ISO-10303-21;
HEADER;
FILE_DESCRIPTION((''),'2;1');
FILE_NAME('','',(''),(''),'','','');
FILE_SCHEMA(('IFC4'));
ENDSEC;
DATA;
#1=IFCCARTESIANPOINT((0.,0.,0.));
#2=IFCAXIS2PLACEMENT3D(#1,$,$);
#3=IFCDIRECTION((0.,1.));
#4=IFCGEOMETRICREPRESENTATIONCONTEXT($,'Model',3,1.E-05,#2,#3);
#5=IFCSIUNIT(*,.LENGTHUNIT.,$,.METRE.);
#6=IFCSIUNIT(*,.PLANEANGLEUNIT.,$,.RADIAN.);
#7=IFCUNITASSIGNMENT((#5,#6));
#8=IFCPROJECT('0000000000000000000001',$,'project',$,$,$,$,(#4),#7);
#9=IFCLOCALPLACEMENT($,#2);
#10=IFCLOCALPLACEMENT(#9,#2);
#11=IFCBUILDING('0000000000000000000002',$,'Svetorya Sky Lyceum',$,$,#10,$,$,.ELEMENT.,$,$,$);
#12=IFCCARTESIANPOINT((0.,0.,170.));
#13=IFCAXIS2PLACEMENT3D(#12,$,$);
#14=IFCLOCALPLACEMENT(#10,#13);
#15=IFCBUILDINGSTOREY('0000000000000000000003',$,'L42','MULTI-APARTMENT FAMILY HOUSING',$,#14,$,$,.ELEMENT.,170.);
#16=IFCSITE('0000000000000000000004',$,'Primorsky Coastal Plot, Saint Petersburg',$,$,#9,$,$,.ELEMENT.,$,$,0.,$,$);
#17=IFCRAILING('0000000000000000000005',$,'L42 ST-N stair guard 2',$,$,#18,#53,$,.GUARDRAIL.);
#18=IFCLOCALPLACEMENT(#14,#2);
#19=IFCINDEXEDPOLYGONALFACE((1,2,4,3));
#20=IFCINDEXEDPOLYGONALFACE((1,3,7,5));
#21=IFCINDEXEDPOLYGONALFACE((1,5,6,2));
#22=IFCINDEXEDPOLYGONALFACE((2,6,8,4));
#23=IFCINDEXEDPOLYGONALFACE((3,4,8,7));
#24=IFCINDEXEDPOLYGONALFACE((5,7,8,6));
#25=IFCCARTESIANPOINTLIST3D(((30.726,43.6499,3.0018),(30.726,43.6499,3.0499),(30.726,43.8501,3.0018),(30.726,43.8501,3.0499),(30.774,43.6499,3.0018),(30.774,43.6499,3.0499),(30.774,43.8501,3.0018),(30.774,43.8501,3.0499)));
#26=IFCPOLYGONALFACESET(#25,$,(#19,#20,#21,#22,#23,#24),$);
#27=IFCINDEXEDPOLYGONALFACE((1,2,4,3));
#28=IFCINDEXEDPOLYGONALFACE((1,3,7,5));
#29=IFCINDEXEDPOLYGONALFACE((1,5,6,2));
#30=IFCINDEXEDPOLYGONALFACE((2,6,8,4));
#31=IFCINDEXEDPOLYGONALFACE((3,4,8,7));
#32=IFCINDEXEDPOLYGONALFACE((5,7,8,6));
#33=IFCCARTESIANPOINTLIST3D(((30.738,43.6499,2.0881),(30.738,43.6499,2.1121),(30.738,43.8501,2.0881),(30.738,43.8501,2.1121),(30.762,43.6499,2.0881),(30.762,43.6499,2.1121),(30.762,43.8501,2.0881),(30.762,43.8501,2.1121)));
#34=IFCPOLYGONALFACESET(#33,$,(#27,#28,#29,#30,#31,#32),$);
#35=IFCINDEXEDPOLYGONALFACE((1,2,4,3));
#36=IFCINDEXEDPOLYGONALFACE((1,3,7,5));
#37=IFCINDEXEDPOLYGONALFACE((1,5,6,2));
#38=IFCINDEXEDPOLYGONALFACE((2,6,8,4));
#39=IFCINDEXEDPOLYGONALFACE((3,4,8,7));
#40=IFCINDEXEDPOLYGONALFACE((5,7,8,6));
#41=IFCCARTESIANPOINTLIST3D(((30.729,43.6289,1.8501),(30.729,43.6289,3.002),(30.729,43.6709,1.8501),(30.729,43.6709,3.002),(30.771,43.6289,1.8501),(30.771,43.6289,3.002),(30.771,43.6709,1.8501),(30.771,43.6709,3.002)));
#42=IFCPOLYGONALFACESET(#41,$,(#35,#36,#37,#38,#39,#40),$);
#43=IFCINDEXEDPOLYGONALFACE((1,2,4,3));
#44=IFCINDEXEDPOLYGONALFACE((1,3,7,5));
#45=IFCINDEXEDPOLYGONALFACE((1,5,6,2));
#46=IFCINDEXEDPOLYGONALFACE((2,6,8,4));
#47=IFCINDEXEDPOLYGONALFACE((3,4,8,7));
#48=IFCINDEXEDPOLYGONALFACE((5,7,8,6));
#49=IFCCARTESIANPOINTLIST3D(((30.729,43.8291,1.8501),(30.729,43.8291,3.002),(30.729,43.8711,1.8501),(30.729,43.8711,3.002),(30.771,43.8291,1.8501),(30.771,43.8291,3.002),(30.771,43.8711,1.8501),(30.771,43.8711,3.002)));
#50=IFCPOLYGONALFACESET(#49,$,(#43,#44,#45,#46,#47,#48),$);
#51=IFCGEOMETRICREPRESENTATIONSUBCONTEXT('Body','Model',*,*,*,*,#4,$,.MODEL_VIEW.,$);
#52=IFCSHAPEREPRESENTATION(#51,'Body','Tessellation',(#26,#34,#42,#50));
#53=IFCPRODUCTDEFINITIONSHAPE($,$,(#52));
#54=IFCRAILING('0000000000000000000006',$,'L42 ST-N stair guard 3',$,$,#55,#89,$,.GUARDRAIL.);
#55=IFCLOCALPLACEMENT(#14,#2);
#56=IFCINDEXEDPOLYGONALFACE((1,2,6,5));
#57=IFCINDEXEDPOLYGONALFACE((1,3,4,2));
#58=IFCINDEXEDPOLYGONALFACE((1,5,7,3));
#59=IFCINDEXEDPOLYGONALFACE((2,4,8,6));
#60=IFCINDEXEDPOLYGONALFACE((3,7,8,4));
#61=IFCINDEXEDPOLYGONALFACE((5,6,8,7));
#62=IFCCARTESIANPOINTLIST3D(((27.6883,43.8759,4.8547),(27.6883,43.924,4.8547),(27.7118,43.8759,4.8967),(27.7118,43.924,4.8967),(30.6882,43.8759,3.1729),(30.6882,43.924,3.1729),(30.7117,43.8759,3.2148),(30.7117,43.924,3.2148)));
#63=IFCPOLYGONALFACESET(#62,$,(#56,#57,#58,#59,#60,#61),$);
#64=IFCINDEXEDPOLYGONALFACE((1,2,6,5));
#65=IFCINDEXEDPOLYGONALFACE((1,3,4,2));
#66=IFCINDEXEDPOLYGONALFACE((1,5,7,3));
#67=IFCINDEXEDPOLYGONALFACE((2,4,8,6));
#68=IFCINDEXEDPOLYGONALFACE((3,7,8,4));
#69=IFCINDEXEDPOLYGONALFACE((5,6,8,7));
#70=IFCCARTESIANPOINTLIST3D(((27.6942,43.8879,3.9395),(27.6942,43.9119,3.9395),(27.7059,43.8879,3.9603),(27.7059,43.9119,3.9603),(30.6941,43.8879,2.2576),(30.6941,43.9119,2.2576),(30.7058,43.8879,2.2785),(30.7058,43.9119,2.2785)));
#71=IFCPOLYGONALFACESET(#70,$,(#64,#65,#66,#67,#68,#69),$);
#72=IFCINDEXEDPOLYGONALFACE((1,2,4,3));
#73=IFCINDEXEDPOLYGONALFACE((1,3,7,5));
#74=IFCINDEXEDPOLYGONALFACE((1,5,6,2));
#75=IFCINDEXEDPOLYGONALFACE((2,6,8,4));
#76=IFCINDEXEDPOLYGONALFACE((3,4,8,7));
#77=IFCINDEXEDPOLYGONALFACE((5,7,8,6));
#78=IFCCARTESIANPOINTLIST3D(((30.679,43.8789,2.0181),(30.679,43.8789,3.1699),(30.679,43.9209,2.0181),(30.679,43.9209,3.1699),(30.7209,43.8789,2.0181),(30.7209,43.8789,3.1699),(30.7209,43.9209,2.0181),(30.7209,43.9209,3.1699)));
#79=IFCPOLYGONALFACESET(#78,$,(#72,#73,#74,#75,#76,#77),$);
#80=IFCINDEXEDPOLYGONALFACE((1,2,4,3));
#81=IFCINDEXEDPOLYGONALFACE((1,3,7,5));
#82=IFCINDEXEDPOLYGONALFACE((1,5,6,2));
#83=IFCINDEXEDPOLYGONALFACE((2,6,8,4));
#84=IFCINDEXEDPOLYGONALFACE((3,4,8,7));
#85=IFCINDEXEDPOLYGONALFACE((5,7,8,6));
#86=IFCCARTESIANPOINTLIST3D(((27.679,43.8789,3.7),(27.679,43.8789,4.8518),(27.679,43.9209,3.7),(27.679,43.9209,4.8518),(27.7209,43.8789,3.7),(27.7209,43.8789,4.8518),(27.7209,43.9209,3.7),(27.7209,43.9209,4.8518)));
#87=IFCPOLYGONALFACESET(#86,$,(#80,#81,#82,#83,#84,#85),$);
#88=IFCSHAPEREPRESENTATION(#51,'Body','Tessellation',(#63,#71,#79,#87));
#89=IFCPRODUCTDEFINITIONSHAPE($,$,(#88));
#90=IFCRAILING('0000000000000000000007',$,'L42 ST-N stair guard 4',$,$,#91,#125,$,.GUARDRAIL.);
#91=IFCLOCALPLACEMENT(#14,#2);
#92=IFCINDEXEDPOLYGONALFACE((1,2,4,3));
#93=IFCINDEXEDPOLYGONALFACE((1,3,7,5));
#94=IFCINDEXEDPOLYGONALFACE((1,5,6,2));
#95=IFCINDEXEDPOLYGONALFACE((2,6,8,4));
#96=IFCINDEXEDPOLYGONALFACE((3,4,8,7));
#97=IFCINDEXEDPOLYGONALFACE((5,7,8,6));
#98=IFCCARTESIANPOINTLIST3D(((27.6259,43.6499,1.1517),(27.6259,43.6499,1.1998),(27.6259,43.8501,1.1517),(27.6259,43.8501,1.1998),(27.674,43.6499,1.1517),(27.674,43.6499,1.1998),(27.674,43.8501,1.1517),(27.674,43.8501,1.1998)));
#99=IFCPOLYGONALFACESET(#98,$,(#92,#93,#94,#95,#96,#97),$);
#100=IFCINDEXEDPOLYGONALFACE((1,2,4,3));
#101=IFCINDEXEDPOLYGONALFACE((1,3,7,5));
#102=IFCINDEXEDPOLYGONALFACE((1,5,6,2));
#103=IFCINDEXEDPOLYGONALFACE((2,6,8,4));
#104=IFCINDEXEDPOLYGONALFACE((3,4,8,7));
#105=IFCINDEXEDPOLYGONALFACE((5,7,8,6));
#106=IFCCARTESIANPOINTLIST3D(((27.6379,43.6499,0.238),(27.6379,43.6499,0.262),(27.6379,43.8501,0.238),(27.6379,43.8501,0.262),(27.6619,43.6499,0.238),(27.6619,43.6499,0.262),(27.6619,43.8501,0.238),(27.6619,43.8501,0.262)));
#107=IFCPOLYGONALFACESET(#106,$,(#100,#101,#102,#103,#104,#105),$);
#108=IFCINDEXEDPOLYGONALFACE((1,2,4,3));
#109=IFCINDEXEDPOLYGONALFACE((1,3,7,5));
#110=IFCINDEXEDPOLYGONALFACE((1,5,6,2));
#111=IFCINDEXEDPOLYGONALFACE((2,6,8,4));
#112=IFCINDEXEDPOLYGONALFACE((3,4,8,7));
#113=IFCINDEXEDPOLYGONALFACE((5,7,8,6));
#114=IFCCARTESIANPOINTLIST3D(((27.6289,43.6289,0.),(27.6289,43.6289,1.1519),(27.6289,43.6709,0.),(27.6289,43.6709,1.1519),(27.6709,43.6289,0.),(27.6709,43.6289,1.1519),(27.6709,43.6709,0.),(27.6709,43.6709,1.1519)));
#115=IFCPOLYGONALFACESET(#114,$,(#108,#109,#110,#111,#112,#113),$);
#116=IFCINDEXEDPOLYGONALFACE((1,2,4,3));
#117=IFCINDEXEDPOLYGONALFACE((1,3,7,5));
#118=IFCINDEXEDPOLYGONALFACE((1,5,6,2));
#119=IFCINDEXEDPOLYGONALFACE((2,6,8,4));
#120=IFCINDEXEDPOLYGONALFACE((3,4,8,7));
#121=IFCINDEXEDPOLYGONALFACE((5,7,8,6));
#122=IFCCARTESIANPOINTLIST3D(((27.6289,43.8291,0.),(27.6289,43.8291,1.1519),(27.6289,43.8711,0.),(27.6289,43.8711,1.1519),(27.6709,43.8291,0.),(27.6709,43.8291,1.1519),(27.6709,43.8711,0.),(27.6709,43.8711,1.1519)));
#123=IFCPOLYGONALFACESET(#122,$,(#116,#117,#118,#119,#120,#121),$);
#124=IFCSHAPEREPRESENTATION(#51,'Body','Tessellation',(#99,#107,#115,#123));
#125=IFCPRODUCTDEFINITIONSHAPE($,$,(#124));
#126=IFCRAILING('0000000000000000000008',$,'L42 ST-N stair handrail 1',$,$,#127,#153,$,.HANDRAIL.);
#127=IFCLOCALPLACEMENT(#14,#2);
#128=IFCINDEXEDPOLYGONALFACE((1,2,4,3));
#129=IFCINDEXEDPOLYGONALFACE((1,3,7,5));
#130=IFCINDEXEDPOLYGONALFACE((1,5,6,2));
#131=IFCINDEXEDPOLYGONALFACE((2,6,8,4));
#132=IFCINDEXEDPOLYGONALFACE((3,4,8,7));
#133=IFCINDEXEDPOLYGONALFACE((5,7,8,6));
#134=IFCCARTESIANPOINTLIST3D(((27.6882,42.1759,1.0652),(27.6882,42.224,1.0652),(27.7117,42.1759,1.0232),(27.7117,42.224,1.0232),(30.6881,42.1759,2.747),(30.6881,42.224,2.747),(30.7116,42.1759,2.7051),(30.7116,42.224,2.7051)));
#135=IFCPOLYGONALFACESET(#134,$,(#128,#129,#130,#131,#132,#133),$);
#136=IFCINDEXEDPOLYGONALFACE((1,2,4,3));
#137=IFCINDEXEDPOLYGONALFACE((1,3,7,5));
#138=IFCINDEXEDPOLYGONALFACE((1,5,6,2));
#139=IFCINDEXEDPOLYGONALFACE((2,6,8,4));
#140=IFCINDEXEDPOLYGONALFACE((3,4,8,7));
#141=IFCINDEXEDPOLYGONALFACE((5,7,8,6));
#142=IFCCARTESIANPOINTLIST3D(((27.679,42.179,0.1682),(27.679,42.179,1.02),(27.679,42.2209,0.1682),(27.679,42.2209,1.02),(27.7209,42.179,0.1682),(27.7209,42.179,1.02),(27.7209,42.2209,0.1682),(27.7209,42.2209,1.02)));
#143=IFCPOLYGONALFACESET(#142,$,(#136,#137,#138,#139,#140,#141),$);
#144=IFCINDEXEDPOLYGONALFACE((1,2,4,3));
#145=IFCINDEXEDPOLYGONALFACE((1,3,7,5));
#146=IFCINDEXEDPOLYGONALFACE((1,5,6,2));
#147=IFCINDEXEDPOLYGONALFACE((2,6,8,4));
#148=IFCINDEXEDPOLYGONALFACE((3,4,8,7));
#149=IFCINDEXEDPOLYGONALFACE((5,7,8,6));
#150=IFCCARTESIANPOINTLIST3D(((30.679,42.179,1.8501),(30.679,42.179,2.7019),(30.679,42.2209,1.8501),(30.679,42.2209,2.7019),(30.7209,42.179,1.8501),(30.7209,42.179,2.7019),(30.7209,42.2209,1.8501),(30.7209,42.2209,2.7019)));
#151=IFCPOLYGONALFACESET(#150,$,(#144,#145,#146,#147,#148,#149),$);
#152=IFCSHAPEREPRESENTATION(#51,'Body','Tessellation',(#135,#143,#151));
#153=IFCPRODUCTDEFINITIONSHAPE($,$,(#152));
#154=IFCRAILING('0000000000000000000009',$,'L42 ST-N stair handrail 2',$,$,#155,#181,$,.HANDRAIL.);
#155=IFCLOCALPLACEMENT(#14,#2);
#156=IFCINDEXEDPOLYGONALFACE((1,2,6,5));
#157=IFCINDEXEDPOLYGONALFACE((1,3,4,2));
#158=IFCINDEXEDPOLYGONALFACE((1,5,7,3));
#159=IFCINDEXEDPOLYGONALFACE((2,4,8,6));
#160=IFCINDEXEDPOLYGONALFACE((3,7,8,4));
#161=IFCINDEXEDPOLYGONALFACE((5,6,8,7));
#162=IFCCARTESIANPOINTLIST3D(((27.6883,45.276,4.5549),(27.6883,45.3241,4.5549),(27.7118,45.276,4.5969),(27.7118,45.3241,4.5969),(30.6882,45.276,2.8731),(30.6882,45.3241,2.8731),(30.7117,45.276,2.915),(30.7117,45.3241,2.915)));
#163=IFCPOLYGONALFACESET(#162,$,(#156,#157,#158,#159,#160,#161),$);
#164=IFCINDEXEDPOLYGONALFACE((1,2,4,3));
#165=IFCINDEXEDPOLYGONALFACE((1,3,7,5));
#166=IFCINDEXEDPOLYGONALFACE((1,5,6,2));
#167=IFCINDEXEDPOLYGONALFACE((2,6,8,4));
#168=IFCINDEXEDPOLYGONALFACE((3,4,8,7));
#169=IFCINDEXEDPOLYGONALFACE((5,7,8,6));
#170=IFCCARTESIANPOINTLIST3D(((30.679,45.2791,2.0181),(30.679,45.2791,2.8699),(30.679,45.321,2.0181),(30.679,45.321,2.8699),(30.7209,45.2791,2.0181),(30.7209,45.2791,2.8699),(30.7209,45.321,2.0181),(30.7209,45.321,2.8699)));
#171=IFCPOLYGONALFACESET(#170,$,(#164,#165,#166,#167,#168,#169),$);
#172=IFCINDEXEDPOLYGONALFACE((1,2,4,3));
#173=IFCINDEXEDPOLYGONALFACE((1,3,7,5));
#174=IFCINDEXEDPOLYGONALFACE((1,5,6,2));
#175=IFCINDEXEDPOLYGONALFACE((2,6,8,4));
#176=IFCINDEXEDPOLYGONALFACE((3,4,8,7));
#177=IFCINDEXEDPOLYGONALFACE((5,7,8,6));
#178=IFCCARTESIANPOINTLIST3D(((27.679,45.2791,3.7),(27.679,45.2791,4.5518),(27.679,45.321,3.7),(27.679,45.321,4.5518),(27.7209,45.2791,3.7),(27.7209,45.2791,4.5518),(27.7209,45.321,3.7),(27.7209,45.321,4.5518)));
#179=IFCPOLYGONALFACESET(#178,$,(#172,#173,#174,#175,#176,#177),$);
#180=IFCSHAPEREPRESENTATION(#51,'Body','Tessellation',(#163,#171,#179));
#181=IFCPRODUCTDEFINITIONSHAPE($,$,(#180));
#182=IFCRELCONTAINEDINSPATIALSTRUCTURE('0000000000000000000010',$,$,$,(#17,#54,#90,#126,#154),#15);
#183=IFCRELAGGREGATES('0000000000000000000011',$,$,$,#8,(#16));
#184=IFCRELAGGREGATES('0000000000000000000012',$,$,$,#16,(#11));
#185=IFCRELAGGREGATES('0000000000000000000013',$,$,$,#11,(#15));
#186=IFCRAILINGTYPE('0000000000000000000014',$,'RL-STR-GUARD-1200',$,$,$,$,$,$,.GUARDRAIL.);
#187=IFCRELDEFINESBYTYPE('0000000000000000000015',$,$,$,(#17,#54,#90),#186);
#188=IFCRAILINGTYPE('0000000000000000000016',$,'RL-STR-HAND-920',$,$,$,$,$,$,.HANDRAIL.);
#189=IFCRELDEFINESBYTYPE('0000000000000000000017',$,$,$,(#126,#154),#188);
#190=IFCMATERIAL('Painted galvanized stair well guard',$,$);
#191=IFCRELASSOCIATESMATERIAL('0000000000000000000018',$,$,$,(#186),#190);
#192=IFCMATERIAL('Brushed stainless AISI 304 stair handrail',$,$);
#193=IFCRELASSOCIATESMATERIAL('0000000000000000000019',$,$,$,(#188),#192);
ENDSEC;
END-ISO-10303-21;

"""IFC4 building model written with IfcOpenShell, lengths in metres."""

from ifc_helpers import new_model, si_unit, direction, frame, origin, origin_2d, place, context, subcontext, project, spatial, rectangle, extrude, material, type_object, element, save


model = new_model("IFC4")

# Units and contexts
model_context = context("Model", 3, precision=1e-05, world=origin(), true_north=direction((0.0, 1.0)))
body_context = subcontext(model_context, "Body", "Model", "MODEL_VIEW")
ifc_project = project(units=[si_unit("LENGTHUNIT", "METRE"), si_unit("PLANEANGLEUNIT", "RADIAN")], contexts=[model_context])

# Site, building, storey
site_placement = place(None, origin())
site = spatial("IfcSite", under=ifc_project, at=site_placement, Name="Primorsky Coastal Plot, Saint Petersburg", CompositionType="ELEMENT", RefElevation=0.0)
building_placement = place(site_placement, origin())
building = spatial("IfcBuilding", under=site, at=building_placement, Name="Svetorya Sky Lyceum", CompositionType="ELEMENT")
storey_placement = place(building_placement, frame((0.0, 0.0, 170.0)))
storey = spatial("IfcBuildingStorey", under=building, at=storey_placement, Name="L42", Description="MULTI-APARTMENT FAMILY HOUSING", CompositionType="ELEMENT", Elevation=170.0)

# Railings
ifc_material_1 = material(Name="Painted galvanized stair well guard")
railing_type_1 = type_object("IfcRailingType", Name="RL-STR-GUARD-1200", PredefinedType="GUARDRAIL", material=ifc_material_1)
railing_1_placement = place(storey_placement, frame((30.75, 43.6499, 1.8501)))
element("IfcRailing", 1, at=railing_1_placement, inside=storey, type_object=railing_type_1, Name="L42 ST-N stair guard 2", PredefinedType="GUARDRAIL", context=body_context, shape_type="SweptSolid", body=[
    extrude(rectangle(XDim=0.0481, YDim=0.0481, at=origin_2d()), frame((0.0, 0.0, 1.1758), z_axis=(0.0, 1.0, 0.0), x_axis=(-1.0, 0.0, 0.0)), (0.0, 0.0, 1.0), 0.2002),
    extrude(rectangle(XDim=0.0239, YDim=0.0239, at=origin_2d()), frame((0.0, 0.0, 0.25), z_axis=(0.0, 1.0, 0.0), x_axis=(-1.0, 0.0, 0.0)), (0.0, 0.0, 1.0), 0.2002),
    extrude(rectangle(XDim=0.042, YDim=0.042, at=origin_2d()), origin(), (0.0, 0.0, 1.0), 1.1519),
    extrude(rectangle(XDim=0.042, YDim=0.042, at=origin_2d()), frame((0.0, 0.2002, 0.0)), (0.0, 0.0, 1.0), 1.1519),
])
railing_2_placement = place(storey_placement, frame((30.7, 43.8999, 2.0181)))
element("IfcRailing", 2, at=railing_2_placement, inside=storey, type_object=railing_type_1, Name="L42 ST-N stair guard 3", PredefinedType="GUARDRAIL", context=body_context, shape_type="SweptSolid", body=[
    extrude(rectangle(XDim=0.0481, YDim=0.0481, at=origin_2d()), frame((0.0, 0.0, 1.1758), z_axis=(-0.872272, 0.0, 0.48902), x_axis=(0.0, -1.0, 0.0)), (0.0, 0.0, 1.0), 3.4392),
    extrude(rectangle(XDim=0.0239, YDim=0.0239, at=origin_2d()), frame((0.0, 0.0, 0.25), z_axis=(-0.872272, 0.0, 0.48902), x_axis=(0.0, -1.0, 0.0)), (0.0, 0.0, 1.0), 3.4392),
    extrude(rectangle(XDim=0.042, YDim=0.042, at=origin_2d()), origin(), (0.0, 0.0, 1.0), 1.1519),
    extrude(rectangle(XDim=0.042, YDim=0.042, at=origin_2d()), frame((-3.0, 0.0, 1.6819)), (0.0, 0.0, 1.0), 1.1519),
])
railing_3_placement = place(storey_placement, frame((27.6499, 43.6499, 0.0)))
element("IfcRailing", 3, at=railing_3_placement, inside=storey, type_object=railing_type_1, Name="L42 ST-N stair guard 4", PredefinedType="GUARDRAIL", context=body_context, shape_type="SweptSolid", body=[
    extrude(rectangle(XDim=0.0481, YDim=0.0481, at=origin_2d()), frame((0.0, 0.0, 1.1758), z_axis=(0.0, 1.0, 0.0), x_axis=(-1.0, 0.0, 0.0)), (0.0, 0.0, 1.0), 0.2002),
    extrude(rectangle(XDim=0.0239, YDim=0.0239, at=origin_2d()), frame((0.0, 0.0, 0.25), z_axis=(0.0, 1.0, 0.0), x_axis=(-1.0, 0.0, 0.0)), (0.0, 0.0, 1.0), 0.2002),
    extrude(rectangle(XDim=0.042, YDim=0.042, at=origin_2d()), origin(), (0.0, 0.0, 1.0), 1.1519),
    extrude(rectangle(XDim=0.042, YDim=0.042, at=origin_2d()), frame((0.0, 0.2002, 0.0)), (0.0, 0.0, 1.0), 1.1519),
])
ifc_material_2 = material(Name="Brushed stainless AISI 304 stair handrail")
railing_type_2 = type_object("IfcRailingType", Name="RL-STR-HAND-920", PredefinedType="HANDRAIL", material=ifc_material_2)
railing_4_placement = place(storey_placement, frame((27.7, 42.2, 0.1682)))
element("IfcRailing", 4, at=railing_4_placement, inside=storey, type_object=railing_type_2, Name="L42 ST-N stair handrail 1", PredefinedType="HANDRAIL", context=body_context, shape_type="SweptSolid", body=[
    extrude(rectangle(XDim=0.0481, YDim=0.0481, at=origin_2d()), frame((0.0, 0.0, 0.876), z_axis=(0.872272, 0.0, 0.48902), x_axis=(0.0, 1.0, 0.0)), (0.0, 0.0, 1.0), 3.4392),
    extrude(rectangle(XDim=0.042, YDim=0.042, at=origin_2d()), origin(), (0.0, 0.0, 1.0), 0.8518),
    extrude(rectangle(XDim=0.042, YDim=0.042, at=origin_2d()), frame((3.0, 0.0, 1.6819)), (0.0, 0.0, 1.0), 0.8518),
])
railing_5_placement = place(storey_placement, frame((30.7, 45.3, 2.0181)))
element("IfcRailing", 5, at=railing_5_placement, inside=storey, type_object=railing_type_2, Name="L42 ST-N stair handrail 2", PredefinedType="HANDRAIL", context=body_context, shape_type="SweptSolid", body=[
    extrude(rectangle(XDim=0.0481, YDim=0.0481, at=origin_2d()), frame((0.0, 0.0, 0.876), z_axis=(-0.872272, 0.0, 0.48902), x_axis=(0.0, -1.0, 0.0)), (0.0, 0.0, 1.0), 3.4392),
    extrude(rectangle(XDim=0.042, YDim=0.042, at=origin_2d()), origin(), (0.0, 0.0, 1.0), 0.8518),
    extrude(rectangle(XDim=0.042, YDim=0.042, at=origin_2d()), frame((-3.0, 0.0, 1.6819)), (0.0, 0.0, 1.0), 0.8518),
])

save(model, "model.ifc")
